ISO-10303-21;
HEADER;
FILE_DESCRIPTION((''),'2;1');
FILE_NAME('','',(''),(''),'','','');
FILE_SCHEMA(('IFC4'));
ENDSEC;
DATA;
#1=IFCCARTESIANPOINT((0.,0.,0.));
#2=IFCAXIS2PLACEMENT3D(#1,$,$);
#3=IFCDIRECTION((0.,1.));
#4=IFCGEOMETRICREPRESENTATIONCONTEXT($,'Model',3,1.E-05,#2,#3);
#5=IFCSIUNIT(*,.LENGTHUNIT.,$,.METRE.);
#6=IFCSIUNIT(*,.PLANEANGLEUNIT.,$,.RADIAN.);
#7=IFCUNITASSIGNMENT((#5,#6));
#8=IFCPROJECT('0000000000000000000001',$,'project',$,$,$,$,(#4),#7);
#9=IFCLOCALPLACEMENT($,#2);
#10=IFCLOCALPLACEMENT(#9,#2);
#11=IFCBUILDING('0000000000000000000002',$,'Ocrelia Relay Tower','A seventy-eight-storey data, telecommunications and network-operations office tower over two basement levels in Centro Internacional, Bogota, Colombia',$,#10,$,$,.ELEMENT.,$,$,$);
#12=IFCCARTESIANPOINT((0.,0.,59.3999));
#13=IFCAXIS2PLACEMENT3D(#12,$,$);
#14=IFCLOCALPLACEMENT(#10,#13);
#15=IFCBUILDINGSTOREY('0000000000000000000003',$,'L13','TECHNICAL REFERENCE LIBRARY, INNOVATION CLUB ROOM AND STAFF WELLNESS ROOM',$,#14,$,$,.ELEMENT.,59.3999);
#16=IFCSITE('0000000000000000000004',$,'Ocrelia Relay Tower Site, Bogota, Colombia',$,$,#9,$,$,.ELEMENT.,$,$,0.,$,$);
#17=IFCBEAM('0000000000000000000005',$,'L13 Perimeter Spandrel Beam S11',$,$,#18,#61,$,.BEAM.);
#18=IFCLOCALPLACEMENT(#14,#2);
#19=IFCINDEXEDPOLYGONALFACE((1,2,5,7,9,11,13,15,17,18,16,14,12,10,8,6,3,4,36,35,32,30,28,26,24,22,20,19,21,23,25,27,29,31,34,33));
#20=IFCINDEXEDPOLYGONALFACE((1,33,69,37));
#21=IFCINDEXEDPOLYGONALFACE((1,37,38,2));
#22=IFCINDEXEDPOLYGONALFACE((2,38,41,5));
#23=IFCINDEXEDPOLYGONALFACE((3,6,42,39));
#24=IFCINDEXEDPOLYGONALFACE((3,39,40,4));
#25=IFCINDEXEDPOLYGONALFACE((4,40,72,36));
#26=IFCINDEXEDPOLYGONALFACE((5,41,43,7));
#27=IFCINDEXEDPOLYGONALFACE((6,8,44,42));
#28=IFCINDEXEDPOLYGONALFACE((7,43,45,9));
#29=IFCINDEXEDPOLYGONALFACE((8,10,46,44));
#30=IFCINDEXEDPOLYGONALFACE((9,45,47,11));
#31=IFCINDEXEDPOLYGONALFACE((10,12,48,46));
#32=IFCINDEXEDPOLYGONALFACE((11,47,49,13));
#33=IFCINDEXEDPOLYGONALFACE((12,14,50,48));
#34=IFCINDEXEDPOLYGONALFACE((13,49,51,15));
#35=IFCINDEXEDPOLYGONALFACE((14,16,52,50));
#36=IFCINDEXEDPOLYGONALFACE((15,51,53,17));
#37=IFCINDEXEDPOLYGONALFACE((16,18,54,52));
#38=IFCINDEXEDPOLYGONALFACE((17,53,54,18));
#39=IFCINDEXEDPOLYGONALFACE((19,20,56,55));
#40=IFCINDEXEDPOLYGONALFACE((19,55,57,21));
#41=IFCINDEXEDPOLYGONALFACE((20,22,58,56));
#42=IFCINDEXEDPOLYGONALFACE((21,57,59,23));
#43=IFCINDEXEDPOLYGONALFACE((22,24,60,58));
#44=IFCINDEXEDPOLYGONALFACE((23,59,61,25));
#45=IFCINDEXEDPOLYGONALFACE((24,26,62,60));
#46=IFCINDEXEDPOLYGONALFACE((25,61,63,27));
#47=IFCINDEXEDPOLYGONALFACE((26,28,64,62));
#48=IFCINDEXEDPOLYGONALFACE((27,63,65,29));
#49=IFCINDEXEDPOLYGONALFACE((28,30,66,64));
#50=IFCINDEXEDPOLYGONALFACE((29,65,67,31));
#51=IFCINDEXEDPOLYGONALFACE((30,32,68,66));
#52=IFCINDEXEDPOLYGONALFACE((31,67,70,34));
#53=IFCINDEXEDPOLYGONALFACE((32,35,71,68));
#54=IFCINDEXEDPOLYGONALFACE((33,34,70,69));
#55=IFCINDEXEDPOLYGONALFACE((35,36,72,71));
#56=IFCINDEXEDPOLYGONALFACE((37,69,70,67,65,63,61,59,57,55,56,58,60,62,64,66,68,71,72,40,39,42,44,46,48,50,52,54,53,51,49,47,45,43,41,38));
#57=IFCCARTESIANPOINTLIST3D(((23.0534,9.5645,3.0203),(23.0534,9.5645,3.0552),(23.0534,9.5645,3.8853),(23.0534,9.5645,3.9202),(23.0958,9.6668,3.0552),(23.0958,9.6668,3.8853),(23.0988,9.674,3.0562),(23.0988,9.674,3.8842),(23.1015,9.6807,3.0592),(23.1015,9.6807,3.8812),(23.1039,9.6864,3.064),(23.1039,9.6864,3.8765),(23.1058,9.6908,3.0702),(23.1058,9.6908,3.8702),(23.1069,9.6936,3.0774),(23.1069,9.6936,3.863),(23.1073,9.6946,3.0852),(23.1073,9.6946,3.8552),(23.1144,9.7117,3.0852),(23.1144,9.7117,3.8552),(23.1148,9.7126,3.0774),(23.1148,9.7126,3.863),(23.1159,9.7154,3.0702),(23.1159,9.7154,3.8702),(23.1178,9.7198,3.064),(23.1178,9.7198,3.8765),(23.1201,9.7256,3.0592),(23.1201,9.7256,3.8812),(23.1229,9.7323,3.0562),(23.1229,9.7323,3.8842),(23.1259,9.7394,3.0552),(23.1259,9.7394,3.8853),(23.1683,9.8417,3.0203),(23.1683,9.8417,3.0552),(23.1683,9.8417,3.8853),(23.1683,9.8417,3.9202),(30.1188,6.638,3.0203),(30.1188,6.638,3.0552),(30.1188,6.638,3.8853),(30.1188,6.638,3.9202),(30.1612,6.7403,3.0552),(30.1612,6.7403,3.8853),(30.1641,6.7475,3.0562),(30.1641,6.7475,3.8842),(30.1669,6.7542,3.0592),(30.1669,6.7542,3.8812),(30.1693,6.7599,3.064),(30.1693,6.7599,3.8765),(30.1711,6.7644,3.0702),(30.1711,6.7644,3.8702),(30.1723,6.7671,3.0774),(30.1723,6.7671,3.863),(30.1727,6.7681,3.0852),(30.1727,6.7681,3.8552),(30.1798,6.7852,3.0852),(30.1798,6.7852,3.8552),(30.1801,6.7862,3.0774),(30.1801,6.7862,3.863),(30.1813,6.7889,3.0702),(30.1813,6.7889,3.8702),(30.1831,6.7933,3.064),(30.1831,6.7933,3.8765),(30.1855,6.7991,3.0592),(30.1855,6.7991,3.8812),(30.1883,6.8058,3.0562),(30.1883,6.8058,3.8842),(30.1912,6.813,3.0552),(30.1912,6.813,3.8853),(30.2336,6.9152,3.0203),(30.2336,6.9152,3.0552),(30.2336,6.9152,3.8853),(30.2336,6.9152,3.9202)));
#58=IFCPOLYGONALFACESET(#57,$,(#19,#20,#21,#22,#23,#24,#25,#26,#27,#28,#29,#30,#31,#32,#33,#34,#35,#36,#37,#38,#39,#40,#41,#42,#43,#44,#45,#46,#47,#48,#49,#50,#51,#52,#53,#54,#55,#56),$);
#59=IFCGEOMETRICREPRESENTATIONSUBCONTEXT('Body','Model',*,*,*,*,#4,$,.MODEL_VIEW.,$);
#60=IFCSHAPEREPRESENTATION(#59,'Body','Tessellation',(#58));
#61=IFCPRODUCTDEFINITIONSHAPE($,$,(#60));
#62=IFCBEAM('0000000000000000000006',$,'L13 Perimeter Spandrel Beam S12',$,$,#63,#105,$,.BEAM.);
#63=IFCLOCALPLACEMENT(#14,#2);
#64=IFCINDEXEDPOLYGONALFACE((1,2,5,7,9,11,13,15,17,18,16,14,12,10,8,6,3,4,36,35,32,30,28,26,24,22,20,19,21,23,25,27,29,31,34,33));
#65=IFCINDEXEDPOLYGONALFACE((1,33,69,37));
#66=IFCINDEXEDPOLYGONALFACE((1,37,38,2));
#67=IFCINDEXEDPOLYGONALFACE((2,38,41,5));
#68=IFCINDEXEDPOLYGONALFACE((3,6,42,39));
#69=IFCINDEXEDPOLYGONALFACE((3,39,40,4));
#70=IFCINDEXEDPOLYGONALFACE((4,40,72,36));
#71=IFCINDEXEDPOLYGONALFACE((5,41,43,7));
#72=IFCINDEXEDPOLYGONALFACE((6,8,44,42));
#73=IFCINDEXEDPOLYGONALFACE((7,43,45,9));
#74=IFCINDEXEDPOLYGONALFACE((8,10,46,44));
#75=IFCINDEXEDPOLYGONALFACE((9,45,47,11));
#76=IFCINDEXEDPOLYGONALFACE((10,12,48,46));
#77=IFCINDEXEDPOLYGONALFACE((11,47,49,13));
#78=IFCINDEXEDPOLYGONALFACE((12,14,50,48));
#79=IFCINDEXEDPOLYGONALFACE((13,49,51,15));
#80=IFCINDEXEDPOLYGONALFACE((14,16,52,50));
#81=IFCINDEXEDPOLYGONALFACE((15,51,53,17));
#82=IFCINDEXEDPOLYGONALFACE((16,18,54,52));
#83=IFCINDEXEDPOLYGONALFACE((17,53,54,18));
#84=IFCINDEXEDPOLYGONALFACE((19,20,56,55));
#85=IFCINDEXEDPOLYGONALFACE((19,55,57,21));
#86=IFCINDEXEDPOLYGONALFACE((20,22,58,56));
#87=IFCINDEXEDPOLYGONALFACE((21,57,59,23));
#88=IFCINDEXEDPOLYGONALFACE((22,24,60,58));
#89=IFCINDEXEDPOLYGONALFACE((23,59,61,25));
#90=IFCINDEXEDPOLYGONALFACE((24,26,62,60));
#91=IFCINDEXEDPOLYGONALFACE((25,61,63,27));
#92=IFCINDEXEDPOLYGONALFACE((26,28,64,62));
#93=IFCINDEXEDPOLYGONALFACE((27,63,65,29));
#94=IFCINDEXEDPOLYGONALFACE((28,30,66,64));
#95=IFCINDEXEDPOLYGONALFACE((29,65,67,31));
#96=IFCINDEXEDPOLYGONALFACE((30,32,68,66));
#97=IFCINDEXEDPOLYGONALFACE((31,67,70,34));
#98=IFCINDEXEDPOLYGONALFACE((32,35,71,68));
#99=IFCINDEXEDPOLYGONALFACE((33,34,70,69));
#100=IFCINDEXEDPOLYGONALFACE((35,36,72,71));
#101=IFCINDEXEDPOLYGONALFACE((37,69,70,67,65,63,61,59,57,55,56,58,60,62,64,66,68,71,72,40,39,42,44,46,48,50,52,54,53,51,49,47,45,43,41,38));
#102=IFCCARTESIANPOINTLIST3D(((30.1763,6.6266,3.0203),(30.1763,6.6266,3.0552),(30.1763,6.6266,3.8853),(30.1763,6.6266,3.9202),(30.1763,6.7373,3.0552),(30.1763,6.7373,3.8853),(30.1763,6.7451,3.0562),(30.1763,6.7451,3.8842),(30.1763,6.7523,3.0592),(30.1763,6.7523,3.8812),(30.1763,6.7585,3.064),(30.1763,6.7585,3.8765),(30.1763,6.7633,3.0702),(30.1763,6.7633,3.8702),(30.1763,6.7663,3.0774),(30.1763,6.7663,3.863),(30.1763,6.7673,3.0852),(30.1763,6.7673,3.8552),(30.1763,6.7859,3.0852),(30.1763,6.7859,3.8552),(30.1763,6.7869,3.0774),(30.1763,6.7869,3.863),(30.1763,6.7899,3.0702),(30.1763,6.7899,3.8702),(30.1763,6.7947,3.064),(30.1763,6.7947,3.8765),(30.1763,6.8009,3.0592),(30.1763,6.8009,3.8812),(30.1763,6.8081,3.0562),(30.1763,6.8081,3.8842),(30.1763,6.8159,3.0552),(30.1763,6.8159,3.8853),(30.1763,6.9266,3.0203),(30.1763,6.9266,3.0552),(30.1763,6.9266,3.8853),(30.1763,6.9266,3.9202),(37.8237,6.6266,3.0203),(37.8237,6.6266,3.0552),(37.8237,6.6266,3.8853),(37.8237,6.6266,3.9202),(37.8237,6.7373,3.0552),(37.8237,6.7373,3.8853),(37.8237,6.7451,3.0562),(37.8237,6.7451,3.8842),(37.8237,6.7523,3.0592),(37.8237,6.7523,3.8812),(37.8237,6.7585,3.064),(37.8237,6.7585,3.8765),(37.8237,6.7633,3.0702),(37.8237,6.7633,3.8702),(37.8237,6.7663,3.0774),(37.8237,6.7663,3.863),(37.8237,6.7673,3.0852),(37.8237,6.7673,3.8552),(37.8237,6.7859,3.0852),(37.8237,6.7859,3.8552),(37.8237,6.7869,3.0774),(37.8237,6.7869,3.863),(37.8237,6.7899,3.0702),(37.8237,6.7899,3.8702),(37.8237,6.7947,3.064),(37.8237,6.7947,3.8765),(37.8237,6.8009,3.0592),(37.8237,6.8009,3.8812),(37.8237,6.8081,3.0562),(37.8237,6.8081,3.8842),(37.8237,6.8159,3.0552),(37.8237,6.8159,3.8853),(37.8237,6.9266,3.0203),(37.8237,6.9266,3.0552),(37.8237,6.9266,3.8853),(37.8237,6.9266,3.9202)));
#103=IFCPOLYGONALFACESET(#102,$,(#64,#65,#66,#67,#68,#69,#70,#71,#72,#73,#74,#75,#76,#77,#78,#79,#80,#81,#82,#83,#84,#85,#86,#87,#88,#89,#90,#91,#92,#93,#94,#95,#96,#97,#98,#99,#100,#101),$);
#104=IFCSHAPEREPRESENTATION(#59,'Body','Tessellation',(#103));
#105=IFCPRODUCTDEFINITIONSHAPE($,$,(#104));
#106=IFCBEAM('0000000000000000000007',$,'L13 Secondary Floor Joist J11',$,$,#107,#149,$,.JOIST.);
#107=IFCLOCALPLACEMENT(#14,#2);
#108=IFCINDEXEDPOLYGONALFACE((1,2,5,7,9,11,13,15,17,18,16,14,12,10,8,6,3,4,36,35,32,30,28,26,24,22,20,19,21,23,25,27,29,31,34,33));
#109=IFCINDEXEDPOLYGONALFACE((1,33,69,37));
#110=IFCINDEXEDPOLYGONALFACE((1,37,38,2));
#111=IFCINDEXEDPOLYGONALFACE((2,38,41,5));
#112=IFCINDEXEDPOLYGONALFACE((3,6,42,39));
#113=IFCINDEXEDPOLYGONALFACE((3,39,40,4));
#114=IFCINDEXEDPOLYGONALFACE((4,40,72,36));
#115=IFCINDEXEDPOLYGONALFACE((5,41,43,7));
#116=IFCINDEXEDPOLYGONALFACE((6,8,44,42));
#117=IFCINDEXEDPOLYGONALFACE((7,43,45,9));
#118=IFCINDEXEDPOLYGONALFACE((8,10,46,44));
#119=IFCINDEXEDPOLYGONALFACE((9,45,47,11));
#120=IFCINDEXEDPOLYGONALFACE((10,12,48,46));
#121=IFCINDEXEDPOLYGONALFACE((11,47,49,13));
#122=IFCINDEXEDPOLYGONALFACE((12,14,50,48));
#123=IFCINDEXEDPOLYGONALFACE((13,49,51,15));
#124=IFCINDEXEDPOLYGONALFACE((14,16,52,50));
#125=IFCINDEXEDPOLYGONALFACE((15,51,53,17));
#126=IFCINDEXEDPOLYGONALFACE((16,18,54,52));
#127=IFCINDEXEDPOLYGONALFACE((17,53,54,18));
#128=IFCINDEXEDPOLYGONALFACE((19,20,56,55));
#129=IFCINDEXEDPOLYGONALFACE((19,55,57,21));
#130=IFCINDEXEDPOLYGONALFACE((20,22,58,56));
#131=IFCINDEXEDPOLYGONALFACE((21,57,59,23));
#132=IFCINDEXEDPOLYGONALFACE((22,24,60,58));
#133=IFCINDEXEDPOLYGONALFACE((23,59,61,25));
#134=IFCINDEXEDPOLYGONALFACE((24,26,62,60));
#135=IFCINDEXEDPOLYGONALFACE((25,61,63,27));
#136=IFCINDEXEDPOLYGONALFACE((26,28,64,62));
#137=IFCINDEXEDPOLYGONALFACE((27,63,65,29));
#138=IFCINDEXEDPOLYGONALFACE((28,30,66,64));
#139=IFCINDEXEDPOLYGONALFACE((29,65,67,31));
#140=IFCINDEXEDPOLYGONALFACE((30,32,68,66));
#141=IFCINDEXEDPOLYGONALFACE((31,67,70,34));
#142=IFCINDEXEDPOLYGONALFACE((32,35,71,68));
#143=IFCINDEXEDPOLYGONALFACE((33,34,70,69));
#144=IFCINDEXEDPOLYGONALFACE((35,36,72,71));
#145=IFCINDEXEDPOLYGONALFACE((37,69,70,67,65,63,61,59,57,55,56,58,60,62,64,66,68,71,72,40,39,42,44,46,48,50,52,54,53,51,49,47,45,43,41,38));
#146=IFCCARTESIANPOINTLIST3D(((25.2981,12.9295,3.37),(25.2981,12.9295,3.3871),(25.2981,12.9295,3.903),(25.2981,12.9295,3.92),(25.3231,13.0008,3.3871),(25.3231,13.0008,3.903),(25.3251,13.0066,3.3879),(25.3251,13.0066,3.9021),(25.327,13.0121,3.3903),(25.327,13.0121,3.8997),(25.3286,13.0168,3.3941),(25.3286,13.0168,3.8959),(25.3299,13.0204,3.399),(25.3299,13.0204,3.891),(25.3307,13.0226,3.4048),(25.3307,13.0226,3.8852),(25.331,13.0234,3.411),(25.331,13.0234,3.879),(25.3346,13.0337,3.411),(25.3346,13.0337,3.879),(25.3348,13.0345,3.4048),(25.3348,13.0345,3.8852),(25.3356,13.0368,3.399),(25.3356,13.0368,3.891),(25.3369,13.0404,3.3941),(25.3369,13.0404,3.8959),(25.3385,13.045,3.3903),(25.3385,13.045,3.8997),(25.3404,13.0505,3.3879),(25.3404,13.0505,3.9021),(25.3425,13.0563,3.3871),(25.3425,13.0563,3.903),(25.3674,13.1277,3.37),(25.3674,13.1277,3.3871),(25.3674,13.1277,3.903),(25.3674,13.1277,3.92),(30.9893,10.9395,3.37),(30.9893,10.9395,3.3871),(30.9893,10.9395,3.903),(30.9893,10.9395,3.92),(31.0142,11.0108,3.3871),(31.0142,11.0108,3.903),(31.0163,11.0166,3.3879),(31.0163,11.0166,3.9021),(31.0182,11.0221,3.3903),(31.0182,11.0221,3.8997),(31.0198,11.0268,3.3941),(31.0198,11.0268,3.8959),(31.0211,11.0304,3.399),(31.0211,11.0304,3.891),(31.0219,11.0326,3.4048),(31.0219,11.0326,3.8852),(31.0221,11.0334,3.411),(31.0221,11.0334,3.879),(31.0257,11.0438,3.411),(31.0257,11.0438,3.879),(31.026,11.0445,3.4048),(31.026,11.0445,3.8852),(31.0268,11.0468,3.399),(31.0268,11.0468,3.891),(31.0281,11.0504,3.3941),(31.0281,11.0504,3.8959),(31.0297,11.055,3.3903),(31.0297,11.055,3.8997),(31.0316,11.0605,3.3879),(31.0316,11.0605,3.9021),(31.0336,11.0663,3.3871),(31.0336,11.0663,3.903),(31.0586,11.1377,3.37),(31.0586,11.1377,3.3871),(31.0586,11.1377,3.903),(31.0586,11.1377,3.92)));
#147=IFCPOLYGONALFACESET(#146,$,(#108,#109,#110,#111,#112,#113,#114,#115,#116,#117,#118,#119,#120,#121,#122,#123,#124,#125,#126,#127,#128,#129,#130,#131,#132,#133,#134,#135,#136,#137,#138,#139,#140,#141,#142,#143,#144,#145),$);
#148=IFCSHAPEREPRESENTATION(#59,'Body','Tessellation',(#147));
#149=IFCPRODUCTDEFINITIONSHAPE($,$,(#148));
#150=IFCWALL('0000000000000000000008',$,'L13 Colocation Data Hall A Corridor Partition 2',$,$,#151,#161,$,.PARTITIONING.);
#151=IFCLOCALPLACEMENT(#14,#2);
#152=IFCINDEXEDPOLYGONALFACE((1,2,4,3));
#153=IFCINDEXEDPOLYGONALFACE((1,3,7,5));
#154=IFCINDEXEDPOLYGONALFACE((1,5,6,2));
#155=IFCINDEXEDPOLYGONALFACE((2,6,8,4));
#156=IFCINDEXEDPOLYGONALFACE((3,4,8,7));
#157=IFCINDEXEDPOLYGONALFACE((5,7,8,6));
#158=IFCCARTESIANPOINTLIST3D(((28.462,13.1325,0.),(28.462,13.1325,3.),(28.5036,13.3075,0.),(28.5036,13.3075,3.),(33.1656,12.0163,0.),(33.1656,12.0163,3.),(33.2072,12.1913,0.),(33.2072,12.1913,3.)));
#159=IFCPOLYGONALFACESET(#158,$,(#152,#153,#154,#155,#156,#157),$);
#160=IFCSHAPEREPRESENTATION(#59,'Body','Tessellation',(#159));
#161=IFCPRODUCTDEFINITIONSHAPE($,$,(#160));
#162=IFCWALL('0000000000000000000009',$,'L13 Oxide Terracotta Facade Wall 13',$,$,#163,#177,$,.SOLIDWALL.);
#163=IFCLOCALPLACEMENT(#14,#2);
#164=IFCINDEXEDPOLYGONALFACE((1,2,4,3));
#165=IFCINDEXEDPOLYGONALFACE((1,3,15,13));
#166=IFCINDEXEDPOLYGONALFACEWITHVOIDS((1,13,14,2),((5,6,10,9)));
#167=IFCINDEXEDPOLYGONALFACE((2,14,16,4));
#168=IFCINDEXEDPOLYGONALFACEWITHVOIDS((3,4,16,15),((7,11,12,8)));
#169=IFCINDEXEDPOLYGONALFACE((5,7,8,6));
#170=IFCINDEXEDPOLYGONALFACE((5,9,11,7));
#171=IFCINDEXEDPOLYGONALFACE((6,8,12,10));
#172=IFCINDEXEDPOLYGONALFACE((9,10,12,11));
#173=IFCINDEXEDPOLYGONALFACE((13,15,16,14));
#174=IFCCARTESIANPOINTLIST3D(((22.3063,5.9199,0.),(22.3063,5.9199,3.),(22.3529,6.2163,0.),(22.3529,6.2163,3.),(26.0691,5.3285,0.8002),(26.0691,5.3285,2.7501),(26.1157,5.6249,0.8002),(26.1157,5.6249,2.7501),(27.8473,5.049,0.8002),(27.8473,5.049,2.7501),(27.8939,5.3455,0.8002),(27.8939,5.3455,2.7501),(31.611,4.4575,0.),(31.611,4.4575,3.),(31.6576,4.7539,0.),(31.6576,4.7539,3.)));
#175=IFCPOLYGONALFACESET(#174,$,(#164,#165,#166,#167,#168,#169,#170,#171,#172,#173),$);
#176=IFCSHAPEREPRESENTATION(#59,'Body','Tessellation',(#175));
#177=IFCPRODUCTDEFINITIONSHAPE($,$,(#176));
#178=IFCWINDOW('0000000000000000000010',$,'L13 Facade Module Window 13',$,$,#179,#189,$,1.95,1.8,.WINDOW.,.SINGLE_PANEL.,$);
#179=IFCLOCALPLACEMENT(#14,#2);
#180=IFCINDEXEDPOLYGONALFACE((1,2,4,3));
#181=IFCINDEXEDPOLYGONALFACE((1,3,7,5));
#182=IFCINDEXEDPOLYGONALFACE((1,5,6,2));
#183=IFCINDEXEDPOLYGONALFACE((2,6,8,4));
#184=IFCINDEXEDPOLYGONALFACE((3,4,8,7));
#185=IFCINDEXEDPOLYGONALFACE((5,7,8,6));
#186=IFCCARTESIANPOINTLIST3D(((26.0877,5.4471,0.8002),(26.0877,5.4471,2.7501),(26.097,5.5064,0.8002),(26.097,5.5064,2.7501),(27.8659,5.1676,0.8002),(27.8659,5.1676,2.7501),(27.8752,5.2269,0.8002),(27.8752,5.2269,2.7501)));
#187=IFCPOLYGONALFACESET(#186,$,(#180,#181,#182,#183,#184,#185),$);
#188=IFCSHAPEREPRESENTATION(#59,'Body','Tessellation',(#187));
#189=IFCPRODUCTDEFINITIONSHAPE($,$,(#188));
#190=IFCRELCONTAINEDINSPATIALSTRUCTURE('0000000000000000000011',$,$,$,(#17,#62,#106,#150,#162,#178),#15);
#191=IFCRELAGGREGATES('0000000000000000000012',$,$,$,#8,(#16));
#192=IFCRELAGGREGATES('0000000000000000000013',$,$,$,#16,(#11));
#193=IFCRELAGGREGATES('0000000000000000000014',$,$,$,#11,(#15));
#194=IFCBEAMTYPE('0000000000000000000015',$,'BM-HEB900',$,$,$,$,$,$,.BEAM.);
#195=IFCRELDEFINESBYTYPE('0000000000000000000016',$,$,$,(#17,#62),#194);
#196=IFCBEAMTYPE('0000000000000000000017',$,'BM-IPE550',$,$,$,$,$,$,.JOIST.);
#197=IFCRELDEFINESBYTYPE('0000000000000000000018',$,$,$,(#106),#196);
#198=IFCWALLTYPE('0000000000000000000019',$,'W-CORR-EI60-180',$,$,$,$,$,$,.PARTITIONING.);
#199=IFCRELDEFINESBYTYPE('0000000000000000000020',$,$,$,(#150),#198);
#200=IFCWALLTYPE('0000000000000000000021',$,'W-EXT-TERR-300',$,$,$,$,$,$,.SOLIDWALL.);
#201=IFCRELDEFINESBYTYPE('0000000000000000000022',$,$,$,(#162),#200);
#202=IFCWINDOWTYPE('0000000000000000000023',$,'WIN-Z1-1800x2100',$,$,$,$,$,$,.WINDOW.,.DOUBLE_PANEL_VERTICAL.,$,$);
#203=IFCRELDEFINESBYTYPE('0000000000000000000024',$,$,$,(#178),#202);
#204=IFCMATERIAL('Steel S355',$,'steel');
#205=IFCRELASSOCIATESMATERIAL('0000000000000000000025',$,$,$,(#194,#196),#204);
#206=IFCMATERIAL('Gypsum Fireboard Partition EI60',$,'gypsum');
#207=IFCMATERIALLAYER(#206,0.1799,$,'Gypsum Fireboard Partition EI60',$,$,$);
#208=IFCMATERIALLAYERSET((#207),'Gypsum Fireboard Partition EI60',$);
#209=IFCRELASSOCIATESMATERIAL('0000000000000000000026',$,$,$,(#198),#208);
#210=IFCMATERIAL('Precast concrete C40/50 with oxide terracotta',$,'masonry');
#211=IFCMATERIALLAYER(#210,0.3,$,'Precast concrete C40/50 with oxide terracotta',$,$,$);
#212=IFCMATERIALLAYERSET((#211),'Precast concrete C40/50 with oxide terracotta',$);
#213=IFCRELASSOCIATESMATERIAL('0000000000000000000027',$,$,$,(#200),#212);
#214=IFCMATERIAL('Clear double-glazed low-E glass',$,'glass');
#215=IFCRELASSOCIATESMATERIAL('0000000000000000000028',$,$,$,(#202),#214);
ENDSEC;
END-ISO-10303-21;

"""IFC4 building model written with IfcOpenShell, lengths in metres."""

from ifc_helpers import new_model, si_unit, direction, frame, frame_2d, origin, origin_2d, place, context, subcontext, project, spatial, rectangle, i_section, extrude, material, layer, layer_set, material_profile, profile_set, type_object, element, fill, save


model = new_model("IFC4")

# Units and contexts
model_context = context("Model", 3, precision=1e-05, world=origin(), true_north=direction((0.0, 1.0)))
body_context = subcontext(model_context, "Body", "Model", "MODEL_VIEW")
ifc_project = project(units=[si_unit("LENGTHUNIT", "METRE"), si_unit("PLANEANGLEUNIT", "RADIAN")], contexts=[model_context])

# Site, building, storey
site_placement = place(None, origin())
site = spatial("IfcSite", under=ifc_project, at=site_placement, Name="Ocrelia Relay Tower Site, Bogota, Colombia", CompositionType="ELEMENT", RefElevation=0.0)
building_placement = place(site_placement, origin())
building = spatial("IfcBuilding", under=site, at=building_placement, Name="Ocrelia Relay Tower", Description="A seventy-eight-storey data, telecommunications and network-operations office tower over two basement levels in Centro Internacional, Bogota, Colombia", CompositionType="ELEMENT")
storey_placement = place(building_placement, frame((0.0, 0.0, 59.3999)))
storey = spatial("IfcBuildingStorey", under=building, at=storey_placement, Name="L13", Description="TECHNICAL REFERENCE LIBRARY, INNOVATION CLUB ROOM AND STAFF WELLNESS ROOM", CompositionType="ELEMENT", Elevation=59.3999)

# Beams
ifc_material_1 = material(Name="Steel S355", Category="steel")
ifc_material_profile_1 = material_profile(ifc_material_1, i_section(OverallWidth=0.3, OverallDepth=0.8999, WebThickness=0.0186, FlangeThickness=0.0349, FilletRadius=0.03, at=origin_2d()), Name="HEB 900")
ifc_profile_set_1 = profile_set([ifc_material_profile_1], Name="Steel S355")
beam_type_1 = type_object("IfcBeamType", Name="BM-HEB900", PredefinedType="BEAM", material=ifc_profile_set_1)
for number, where, z_axis, x_axis, name in (
    (1, (23.1108, 9.7031, 3.4702), (0.923883, -0.382674, 0.0), (0.382674, 0.923883, 0.0), "L13 Perimeter Spandrel Beam S11"),
    (2, (30.1763, 6.7766, 3.4702), (1.0, 0.0, 0.0), (0.0, 1.0, 0.0), "L13 Perimeter Spandrel Beam S12"),
):
    element("IfcBeam", number, at=place(storey_placement, frame(where, z_axis=z_axis, x_axis=x_axis)), inside=storey, type_object=beam_type_1, Name=name, PredefinedType="BEAM", context=body_context, shape_type="SweptSolid", body=[
        extrude(i_section(OverallWidth=0.3, OverallDepth=0.8999, WebThickness=0.0186, FlangeThickness=0.0349, FilletRadius=0.03, at=origin_2d()), origin(), (0.0, 0.0, 1.0), 7.6475),
    ])
ifc_material_profile_2 = material_profile(ifc_material_1, i_section(OverallWidth=0.21, OverallDepth=0.55, WebThickness=0.011, FlangeThickness=0.0171, FilletRadius=0.0239, at=origin_2d()), Name="IPE 550")
ifc_profile_set_2 = profile_set([ifc_material_profile_2], Name="Steel S355")
beam_type_2 = type_object("IfcBeamType", Name="BM-IPE550", PredefinedType="JOIST", material=ifc_profile_set_2)
beam_1_placement = place(storey_placement, frame((25.3328, 13.0286, 3.645), z_axis=(0.943957, -0.330067, 0.0), x_axis=(0.330067, 0.943957, 0.0)))
element("IfcBeam", 3, at=beam_1_placement, inside=storey, type_object=beam_type_2, Name="L13 Secondary Floor Joist J11", PredefinedType="JOIST", context=body_context, shape_type="SweptSolid", body=[
    extrude(i_section(OverallWidth=0.21, OverallDepth=0.55, WebThickness=0.011, FlangeThickness=0.0171, FilletRadius=0.0239, at=origin_2d()), origin(), (0.0, 0.0, 1.0), 6.0291),
])

# Wall
ifc_material_2 = material(Name="Gypsum Fireboard Partition EI60", Category="gypsum")
ifc_layer_1 = layer(ifc_material_2, 0.1799, Name="Gypsum Fireboard Partition EI60")
ifc_layer_set_1 = layer_set([ifc_layer_1], Name="Gypsum Fireboard Partition EI60")
wall_type_1 = type_object("IfcWallType", Name="W-CORR-EI60-180", PredefinedType="PARTITIONING", material=ifc_layer_set_1)
wall_1_placement = place(storey_placement, frame((28.4829, 13.22, 0.0), z_axis=(0.0, 0.0, 1.0), x_axis=(0.972978, -0.230897, 0.0)))
element("IfcWall", 4, at=wall_1_placement, inside=storey, type_object=wall_type_1, Name="L13 Colocation Data Hall A Corridor Partition 2", PredefinedType="PARTITIONING", context=body_context, shape_type="SweptSolid", body=[
    extrude(rectangle(XDim=4.8342, YDim=0.1799, at=frame_2d((2.417, 0.0))), origin(), (0.0, 0.0, 1.0), 3.0),
])

# Wall, opening, window
ifc_material_3 = material(Name="Precast concrete C40/50 with oxide terracotta", Category="masonry")
ifc_layer_2 = layer(ifc_material_3, 0.3, Name="Precast concrete C40/50 with oxide terracotta")
ifc_layer_set_2 = layer_set([ifc_layer_2], Name="Precast concrete C40/50 with oxide terracotta")
wall_type_2 = type_object("IfcWallType", Name="W-EXT-TERR-300", PredefinedType="SOLIDWALL", material=ifc_layer_set_2)
wall_2_placement = place(storey_placement, frame((22.3296, 6.0681, 0.0), z_axis=(0.0, 0.0, 1.0), x_axis=(0.987873, -0.155262, 0.0)))
wall_2 = element("IfcWall", 5, at=wall_2_placement, inside=storey, type_object=wall_type_2, Name="L13 Oxide Terracotta Facade Wall 13", PredefinedType="SOLIDWALL", context=body_context, shape_type="SweptSolid", body=[
    extrude(rectangle(XDim=9.4189, YDim=0.3, at=frame_2d((4.7095, 0.0))), origin(), (0.0, 0.0, 1.0), 3.0),
])
opening_placement = place(wall_2_placement, frame((3.8091, 0.0, 0.8)))
opening = element("IfcOpeningElement", 6, at=opening_placement, cuts=wall_2, PredefinedType="OPENING", context=body_context, shape_type="SweptSolid", body=[
    extrude(rectangle(XDim=1.8, YDim=1.95, at=frame_2d((0.8999, 0.9751))), frame((0.0, 0.1602, 0.0), z_axis=(0.0, -1.0, 0.0), x_axis=(1.0, 0.0, 0.0)), (0.0, 0.0, 1.0), 0.3201),
])
ifc_material_4 = material(Name="Clear double-glazed low-E glass", Category="glass")
window_type = type_object("IfcWindowType", Name="WIN-Z1-1800x2100", PartitioningType="DOUBLE_PANEL_VERTICAL", PredefinedType="WINDOW", material=ifc_material_4)
window_placement = place(opening_placement, origin())
window = element("IfcWindow", 7, at=window_placement, inside=storey, type_object=window_type, Name="L13 Facade Module Window 13", OverallHeight=1.95, OverallWidth=1.8, PartitioningType="SINGLE_PANEL", PredefinedType="WINDOW", context=body_context, shape_type="SweptSolid", body=[
    extrude(rectangle(XDim=1.8, YDim=1.95, at=frame_2d((0.8999, 0.9751))), frame((0.0, 0.03, 0.0), z_axis=(0.0, -1.0, 0.0), x_axis=(1.0, 0.0, 0.0)), (0.0, 0.0, 1.0), 0.0601),
])
fill(opening, window)

save(model, "model.ifc")
